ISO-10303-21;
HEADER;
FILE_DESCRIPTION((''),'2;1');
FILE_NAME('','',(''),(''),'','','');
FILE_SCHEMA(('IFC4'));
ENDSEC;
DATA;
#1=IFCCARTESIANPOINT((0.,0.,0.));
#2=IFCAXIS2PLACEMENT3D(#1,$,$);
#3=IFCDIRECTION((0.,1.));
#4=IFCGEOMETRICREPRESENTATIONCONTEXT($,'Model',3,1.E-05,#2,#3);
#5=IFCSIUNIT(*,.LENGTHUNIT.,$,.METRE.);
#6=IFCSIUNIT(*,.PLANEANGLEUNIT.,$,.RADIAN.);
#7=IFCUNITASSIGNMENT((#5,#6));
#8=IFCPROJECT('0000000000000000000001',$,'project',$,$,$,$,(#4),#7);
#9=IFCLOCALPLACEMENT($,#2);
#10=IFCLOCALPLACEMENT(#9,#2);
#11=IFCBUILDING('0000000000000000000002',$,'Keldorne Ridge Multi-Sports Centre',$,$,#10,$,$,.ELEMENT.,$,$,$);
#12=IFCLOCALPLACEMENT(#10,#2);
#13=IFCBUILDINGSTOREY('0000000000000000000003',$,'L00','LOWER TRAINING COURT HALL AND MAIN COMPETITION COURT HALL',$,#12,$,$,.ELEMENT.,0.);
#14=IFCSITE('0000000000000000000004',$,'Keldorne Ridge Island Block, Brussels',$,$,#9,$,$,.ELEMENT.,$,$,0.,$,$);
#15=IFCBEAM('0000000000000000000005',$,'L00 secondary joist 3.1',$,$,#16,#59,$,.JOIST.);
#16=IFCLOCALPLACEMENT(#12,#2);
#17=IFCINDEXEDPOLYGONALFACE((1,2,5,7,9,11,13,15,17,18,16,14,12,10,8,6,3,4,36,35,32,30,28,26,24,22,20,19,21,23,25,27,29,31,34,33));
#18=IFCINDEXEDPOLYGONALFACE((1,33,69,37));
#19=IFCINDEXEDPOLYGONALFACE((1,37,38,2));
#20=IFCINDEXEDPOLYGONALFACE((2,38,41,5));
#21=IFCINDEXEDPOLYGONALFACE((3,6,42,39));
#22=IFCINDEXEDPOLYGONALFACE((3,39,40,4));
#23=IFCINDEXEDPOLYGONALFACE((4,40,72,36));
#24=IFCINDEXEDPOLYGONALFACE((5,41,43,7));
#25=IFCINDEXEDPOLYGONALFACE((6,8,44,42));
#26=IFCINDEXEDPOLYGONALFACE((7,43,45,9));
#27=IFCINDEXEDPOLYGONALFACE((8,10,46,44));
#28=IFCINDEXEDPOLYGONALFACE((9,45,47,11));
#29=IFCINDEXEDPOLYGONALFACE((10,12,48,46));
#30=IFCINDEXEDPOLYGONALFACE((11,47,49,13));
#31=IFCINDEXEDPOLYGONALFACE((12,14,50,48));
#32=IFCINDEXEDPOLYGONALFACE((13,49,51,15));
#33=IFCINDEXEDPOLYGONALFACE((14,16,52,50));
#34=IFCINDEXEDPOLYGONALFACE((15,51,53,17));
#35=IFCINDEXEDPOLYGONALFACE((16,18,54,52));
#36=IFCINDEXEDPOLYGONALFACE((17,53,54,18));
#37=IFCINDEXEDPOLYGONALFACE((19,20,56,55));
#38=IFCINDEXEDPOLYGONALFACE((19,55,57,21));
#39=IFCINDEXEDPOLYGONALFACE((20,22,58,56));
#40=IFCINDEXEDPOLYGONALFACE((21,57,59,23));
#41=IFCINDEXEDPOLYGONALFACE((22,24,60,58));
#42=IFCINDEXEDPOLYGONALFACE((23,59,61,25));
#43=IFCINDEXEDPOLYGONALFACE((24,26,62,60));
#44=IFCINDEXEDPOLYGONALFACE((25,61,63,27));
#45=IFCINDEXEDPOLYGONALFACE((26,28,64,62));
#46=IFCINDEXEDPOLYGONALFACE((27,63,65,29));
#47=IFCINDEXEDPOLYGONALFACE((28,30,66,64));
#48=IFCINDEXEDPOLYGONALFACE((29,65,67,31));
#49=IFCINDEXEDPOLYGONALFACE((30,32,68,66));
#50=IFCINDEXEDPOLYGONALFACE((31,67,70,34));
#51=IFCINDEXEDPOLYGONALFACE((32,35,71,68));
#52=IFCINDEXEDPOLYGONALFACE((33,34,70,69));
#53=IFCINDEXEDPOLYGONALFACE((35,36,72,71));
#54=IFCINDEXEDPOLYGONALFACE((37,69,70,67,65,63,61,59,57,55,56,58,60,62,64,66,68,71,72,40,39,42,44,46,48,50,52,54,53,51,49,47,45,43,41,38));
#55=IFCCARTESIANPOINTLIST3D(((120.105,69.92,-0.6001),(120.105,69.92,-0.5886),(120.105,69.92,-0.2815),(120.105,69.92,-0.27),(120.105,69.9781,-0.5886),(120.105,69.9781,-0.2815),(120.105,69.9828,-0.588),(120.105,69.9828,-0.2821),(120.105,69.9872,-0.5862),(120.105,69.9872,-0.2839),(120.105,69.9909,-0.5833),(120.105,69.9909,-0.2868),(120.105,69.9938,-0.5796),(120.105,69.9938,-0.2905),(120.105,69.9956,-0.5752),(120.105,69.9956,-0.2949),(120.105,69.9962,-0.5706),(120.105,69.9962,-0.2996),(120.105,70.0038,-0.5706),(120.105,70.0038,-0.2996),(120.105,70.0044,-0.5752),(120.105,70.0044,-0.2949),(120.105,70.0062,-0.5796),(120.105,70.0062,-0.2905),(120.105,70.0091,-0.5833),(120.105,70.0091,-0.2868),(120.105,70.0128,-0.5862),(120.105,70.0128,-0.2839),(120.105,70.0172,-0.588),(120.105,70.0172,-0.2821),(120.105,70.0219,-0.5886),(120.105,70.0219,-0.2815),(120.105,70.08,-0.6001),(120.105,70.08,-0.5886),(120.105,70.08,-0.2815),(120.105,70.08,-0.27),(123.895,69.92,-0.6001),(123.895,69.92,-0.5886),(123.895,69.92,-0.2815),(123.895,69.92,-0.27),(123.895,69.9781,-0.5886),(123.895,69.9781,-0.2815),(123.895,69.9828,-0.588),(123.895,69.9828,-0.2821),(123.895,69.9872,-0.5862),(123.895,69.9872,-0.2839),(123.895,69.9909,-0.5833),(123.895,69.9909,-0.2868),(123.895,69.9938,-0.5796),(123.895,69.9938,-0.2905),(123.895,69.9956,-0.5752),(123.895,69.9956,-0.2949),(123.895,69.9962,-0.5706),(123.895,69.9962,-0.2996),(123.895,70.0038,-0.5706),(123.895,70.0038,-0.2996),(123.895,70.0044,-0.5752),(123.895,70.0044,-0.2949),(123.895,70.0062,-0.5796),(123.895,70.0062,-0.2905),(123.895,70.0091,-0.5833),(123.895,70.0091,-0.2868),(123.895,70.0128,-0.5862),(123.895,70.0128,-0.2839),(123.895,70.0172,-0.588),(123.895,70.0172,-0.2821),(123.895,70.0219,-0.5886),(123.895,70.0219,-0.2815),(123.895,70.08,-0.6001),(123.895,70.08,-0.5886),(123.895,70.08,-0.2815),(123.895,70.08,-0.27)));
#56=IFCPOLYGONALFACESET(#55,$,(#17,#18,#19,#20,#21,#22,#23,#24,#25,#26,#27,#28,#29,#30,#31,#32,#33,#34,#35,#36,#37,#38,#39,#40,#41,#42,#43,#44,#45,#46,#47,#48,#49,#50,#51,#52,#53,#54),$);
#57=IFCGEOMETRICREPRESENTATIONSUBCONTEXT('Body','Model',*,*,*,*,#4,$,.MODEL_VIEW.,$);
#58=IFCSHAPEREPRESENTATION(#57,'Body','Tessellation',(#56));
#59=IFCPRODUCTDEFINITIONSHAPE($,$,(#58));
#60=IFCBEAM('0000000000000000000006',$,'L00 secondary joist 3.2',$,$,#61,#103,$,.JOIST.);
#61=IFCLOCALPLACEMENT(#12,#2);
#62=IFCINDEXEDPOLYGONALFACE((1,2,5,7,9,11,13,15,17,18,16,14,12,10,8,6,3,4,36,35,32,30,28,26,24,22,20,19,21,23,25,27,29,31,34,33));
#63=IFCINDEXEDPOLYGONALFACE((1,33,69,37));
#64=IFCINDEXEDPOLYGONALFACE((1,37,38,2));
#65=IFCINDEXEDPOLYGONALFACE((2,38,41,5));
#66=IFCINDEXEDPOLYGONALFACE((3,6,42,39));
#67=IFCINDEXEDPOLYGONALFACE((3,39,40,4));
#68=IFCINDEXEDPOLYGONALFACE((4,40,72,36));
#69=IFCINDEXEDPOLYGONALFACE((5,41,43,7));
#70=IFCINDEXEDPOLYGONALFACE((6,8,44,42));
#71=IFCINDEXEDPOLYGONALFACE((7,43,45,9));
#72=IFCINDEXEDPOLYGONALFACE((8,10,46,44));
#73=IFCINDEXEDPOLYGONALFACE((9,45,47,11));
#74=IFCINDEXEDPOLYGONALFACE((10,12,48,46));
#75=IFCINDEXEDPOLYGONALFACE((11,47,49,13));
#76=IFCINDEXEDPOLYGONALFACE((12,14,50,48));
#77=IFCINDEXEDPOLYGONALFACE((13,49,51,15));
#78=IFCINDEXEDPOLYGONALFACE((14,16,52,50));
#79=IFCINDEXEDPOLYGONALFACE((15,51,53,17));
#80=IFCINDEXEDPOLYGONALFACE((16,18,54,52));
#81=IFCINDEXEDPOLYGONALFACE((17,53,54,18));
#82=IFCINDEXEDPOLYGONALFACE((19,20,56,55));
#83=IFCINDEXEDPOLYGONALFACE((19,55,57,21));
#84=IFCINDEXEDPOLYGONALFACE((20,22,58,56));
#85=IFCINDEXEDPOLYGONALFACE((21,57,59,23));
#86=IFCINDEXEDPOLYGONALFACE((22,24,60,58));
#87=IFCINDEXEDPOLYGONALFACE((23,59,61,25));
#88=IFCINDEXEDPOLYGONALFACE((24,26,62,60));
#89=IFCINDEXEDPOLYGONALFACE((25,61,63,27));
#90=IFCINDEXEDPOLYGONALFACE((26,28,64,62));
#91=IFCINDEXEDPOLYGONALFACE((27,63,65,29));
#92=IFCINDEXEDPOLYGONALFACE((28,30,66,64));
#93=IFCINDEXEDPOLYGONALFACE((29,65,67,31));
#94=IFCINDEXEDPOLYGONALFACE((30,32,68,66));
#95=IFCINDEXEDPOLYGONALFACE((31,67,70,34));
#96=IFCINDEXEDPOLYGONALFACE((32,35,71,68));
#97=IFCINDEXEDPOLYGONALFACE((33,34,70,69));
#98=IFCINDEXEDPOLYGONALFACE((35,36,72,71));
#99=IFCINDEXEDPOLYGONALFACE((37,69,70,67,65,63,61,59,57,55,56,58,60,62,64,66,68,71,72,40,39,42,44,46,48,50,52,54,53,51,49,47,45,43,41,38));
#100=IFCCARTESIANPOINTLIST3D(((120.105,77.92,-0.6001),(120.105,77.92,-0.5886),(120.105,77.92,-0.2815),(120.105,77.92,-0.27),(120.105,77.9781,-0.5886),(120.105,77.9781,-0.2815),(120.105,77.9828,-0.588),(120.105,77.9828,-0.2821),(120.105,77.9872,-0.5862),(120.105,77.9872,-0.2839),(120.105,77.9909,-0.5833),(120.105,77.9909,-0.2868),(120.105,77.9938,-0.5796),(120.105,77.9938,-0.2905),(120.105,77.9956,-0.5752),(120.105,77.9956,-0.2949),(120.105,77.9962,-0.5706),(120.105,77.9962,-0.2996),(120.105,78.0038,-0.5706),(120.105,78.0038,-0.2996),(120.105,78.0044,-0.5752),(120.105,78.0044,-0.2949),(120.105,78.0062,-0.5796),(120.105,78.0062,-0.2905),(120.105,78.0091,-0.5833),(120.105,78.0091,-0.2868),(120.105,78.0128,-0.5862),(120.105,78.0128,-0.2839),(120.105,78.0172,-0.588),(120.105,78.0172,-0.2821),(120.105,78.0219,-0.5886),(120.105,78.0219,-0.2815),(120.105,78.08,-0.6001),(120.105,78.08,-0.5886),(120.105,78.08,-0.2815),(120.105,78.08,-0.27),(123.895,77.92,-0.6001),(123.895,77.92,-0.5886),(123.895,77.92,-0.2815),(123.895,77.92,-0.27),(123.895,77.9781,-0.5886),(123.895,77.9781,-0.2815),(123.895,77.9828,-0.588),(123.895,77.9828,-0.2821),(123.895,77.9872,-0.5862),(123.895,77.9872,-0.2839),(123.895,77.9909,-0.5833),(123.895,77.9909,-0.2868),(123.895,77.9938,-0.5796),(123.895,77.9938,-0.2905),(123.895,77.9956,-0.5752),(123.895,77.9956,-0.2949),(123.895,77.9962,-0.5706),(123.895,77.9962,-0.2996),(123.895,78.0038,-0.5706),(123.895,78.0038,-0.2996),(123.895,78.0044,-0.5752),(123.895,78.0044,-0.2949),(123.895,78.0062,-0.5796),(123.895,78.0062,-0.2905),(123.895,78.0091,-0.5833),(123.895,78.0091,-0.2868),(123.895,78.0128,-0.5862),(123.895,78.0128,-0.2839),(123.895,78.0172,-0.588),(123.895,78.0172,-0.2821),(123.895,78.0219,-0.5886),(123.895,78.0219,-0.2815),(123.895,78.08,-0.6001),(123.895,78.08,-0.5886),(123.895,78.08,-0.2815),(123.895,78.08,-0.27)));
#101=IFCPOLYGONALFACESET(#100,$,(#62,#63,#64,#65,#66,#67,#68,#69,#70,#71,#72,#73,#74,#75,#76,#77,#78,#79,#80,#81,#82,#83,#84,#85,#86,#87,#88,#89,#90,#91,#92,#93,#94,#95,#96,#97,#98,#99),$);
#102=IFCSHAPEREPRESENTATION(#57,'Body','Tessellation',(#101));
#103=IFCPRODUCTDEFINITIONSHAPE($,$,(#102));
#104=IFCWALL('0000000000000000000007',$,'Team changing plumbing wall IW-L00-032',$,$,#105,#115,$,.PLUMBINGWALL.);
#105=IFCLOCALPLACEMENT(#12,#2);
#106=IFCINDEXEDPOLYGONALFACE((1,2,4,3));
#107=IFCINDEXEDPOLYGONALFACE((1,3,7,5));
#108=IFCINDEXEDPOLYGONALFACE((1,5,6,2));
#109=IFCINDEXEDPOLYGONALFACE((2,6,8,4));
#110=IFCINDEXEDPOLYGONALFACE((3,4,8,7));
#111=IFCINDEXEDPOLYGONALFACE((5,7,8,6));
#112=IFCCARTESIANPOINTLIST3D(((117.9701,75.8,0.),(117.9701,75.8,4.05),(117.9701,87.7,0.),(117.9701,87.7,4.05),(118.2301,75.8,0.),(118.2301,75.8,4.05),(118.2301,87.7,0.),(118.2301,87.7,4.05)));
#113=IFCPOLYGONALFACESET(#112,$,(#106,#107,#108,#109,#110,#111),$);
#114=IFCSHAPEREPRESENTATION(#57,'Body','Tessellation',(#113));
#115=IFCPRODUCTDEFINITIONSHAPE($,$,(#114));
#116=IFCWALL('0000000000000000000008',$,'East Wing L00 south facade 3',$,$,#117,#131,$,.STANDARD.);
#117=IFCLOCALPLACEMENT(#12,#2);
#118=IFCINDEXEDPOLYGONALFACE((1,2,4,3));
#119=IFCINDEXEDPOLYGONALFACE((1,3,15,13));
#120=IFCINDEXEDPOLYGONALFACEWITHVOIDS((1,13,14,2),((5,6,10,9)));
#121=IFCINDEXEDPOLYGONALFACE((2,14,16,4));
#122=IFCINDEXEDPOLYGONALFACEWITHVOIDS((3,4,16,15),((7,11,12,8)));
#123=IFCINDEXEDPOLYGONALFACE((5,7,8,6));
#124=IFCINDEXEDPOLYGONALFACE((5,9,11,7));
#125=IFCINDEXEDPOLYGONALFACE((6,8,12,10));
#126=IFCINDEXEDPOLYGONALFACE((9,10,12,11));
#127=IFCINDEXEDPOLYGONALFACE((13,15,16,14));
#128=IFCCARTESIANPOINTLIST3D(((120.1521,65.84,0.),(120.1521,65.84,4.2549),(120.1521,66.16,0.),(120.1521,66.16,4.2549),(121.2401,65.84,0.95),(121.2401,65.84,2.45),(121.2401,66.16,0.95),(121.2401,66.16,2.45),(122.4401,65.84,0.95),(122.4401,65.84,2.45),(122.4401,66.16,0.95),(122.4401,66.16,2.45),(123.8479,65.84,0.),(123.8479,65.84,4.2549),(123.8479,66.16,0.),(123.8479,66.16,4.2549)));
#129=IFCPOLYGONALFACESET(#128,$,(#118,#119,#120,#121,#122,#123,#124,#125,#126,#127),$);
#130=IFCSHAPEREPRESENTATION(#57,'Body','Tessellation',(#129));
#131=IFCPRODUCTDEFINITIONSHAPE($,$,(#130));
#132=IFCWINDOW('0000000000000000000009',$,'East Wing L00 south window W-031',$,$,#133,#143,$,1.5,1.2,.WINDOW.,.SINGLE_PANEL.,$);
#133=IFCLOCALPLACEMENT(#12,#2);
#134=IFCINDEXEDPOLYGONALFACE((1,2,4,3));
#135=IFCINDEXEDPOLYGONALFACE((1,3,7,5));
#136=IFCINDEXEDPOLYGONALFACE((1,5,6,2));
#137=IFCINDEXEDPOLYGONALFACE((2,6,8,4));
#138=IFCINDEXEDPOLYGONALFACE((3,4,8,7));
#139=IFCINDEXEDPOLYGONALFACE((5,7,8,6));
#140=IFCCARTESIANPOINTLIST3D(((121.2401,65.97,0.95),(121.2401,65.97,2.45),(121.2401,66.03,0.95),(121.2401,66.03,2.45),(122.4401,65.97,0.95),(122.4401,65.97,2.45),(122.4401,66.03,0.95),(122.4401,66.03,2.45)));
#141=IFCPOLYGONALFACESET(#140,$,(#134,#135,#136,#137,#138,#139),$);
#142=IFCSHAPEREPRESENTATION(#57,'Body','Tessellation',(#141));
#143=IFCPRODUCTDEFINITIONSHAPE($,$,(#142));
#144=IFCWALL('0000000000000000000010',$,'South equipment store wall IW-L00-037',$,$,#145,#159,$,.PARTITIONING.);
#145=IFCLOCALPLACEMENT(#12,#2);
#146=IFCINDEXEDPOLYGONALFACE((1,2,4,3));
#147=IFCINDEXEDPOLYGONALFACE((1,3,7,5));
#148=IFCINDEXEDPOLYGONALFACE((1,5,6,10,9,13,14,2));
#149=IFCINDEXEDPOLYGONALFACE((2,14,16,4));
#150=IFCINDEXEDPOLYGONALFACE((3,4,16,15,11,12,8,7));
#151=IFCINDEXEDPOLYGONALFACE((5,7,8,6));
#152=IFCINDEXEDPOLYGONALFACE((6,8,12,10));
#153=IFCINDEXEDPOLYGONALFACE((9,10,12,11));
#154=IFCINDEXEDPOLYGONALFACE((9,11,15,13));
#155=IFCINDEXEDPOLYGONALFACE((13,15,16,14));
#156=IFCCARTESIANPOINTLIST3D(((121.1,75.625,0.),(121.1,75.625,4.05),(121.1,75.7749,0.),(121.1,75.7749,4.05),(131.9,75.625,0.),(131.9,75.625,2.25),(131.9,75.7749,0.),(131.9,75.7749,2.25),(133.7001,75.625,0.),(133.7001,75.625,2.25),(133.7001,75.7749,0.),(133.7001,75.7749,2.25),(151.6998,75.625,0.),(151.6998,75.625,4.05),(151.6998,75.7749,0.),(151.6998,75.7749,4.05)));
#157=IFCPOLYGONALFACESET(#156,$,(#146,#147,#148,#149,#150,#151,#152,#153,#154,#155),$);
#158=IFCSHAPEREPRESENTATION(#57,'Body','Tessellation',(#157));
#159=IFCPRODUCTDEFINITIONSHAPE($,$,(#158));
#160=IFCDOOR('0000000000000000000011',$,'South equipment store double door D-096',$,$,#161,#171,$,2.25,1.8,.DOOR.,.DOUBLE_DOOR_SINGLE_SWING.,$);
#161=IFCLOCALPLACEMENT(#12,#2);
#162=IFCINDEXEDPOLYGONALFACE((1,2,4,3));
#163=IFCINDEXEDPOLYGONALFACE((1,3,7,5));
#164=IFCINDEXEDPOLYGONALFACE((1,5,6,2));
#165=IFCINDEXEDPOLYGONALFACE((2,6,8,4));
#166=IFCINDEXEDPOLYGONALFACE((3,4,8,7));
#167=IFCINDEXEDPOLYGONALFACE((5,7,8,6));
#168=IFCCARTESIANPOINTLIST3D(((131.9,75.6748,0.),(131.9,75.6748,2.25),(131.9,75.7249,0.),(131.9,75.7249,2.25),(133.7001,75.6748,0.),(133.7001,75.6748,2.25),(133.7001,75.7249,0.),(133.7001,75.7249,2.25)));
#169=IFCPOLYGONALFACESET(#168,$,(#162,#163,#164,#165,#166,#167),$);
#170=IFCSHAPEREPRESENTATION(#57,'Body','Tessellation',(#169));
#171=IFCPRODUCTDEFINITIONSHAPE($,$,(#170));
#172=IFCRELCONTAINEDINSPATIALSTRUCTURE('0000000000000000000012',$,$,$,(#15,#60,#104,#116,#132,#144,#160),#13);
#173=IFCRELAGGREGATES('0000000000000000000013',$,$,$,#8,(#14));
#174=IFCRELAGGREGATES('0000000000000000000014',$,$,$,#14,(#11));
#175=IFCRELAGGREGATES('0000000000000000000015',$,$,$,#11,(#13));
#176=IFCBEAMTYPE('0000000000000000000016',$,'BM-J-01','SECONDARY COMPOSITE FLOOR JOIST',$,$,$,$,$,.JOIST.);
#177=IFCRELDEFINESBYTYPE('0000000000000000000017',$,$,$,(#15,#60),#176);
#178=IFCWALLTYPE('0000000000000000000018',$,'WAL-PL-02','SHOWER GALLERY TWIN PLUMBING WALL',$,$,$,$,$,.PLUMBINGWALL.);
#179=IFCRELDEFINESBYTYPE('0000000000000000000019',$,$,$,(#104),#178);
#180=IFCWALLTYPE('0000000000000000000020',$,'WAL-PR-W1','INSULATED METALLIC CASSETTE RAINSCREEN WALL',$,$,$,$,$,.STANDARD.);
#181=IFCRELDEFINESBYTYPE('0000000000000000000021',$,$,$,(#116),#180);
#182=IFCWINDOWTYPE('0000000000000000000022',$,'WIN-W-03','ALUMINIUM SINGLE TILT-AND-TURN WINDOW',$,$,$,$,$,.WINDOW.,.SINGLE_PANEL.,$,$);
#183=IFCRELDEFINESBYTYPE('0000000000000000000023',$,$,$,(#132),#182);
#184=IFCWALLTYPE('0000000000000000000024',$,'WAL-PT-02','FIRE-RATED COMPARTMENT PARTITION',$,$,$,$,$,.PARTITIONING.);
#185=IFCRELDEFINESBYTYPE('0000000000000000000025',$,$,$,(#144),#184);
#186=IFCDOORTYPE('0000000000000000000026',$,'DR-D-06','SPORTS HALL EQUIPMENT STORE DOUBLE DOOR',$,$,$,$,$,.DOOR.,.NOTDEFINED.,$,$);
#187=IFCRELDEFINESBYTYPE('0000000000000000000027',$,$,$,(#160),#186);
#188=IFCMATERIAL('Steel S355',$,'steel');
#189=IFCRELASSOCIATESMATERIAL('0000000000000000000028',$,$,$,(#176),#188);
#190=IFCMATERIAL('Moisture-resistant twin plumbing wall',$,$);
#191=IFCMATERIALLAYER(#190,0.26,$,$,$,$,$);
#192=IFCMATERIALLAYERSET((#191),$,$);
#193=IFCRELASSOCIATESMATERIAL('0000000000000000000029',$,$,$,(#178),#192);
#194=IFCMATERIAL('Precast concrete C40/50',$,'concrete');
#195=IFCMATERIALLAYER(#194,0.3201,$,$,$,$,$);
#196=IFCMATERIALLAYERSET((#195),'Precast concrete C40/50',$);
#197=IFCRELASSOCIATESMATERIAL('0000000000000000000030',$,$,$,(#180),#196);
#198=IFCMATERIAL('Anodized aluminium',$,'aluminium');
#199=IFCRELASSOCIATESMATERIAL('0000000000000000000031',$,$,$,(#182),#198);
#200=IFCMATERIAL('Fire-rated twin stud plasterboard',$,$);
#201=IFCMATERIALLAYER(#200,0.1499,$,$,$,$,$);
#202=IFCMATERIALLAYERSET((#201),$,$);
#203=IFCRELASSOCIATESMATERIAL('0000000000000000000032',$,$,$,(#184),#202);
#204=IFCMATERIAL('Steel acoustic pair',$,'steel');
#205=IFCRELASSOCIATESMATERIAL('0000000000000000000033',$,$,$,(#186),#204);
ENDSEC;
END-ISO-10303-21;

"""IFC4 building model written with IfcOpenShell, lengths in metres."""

from ifc_helpers import new_model, si_unit, direction, frame, frame_2d, origin, origin_2d, place, context, subcontext, project, spatial, rectangle, i_section, extrude, material, layer, layer_set, material_profile, profile_set, type_object, element, fill, save


model = new_model("IFC4")

# Units and contexts
model_context = context("Model", 3, precision=1e-05, world=origin(), true_north=direction((0.0, 1.0)))
body_context = subcontext(model_context, "Body", "Model", "MODEL_VIEW")
ifc_project = project(units=[si_unit("LENGTHUNIT", "METRE"), si_unit("PLANEANGLEUNIT", "RADIAN")], contexts=[model_context])

# Site, building, storey
site_placement = place(None, origin())
site = spatial("IfcSite", under=ifc_project, at=site_placement, Name="Keldorne Ridge Island Block, Brussels", CompositionType="ELEMENT", RefElevation=0.0)
building_placement = place(site_placement, origin())
building = spatial("IfcBuilding", under=site, at=building_placement, Name="Keldorne Ridge Multi-Sports Centre", CompositionType="ELEMENT")
storey_placement = place(building_placement, origin())
storey = spatial("IfcBuildingStorey", under=building, at=storey_placement, Name="L00", Description="LOWER TRAINING COURT HALL AND MAIN COMPETITION COURT HALL", CompositionType="ELEMENT", Elevation=0.0)

# Shared definitions
ifc_material_1 = material(Name="Steel S355", Category="steel")

# Beams
ifc_material_profile_1 = material_profile(ifc_material_1, i_section(OverallWidth=0.1599, OverallDepth=0.3301, WebThickness=0.0076, FlangeThickness=0.0115, FilletRadius=0.0181, at=origin_2d()), Name="IPE 330")
ifc_profile_set_1 = profile_set([ifc_material_profile_1], Name="Steel S355")
beam_type_1 = type_object("IfcBeamType", Name="BM-J-01", Description="SECONDARY COMPOSITE FLOOR JOIST", PredefinedType="JOIST", material=ifc_profile_set_1)
for number, where, z_axis, x_axis, name in (
    (1, (120.105, 70.0, -0.4351), (1.0, 0.0, 0.0), (0.0, 1.0, 0.0), "L00 secondary joist 3.1"),
    (2, (120.105, 78.0, -0.4351), (1.0, 0.0, 0.0), (0.0, 1.0, 0.0), "L00 secondary joist 3.2"),
):
    element("IfcBeam", number, at=place(storey_placement, frame(where, z_axis=z_axis, x_axis=x_axis)), inside=storey, type_object=beam_type_1, Name=name, PredefinedType="JOIST", context=body_context, shape_type="SweptSolid", body=[
        extrude(i_section(OverallWidth=0.1599, OverallDepth=0.3301, WebThickness=0.0076, FlangeThickness=0.0115, FilletRadius=0.0181, at=origin_2d()), origin(), (0.0, 0.0, 1.0), 3.79),
    ])

# Wall
ifc_material_2 = material(Name="Moisture-resistant twin plumbing wall")
ifc_layer_1 = layer(ifc_material_2, 0.26)
ifc_layer_set_1 = layer_set([ifc_layer_1])
wall_type_1 = type_object("IfcWallType", Name="WAL-PL-02", Description="SHOWER GALLERY TWIN PLUMBING WALL", PredefinedType="PLUMBINGWALL", material=ifc_layer_set_1)
wall_1_placement = place(storey_placement, frame((118.1001, 75.8, 0.0), z_axis=(0.0, 0.0, 1.0), x_axis=(0.0, 1.0, 0.0)))
element("IfcWall", 3, at=wall_1_placement, inside=storey, type_object=wall_type_1, Name="Team changing plumbing wall IW-L00-032", PredefinedType="PLUMBINGWALL", context=body_context, shape_type="SweptSolid", body=[
    extrude(rectangle(XDim=11.8999, YDim=0.26, at=frame_2d((5.95, 0.0))), origin(), (0.0, 0.0, 1.0), 4.05),
])

# Wall, opening, window
ifc_material_3 = material(Name="Precast concrete C40/50", Category="concrete")
ifc_layer_2 = layer(ifc_material_3, 0.3201)
ifc_layer_set_2 = layer_set([ifc_layer_2], Name="Precast concrete C40/50")
wall_type_2 = type_object("IfcWallType", Name="WAL-PR-W1", Description="INSULATED METALLIC CASSETTE RAINSCREEN WALL", PredefinedType="STANDARD", material=ifc_layer_set_2)
wall_2_placement = place(storey_placement, frame((120.1521, 66.0, 0.0), z_axis=(0.0, 0.0, 1.0), x_axis=(1.0, 0.0, 0.0)))
wall_2 = element("IfcWall", 4, at=wall_2_placement, inside=storey, type_object=wall_type_2, Name="East Wing L00 south facade 3", PredefinedType="STANDARD", context=body_context, shape_type="SweptSolid", body=[
    extrude(rectangle(XDim=3.6958, YDim=0.3201, at=frame_2d((1.8479, 0.0))), origin(), (0.0, 0.0, 1.0), 4.2549),
])
opening_1_placement = place(wall_2_placement, frame((1.0879, 0.0, 0.95)))
opening_1 = element("IfcOpeningElement", 5, at=opening_1_placement, cuts=wall_2, PredefinedType="OPENING", context=body_context, shape_type="SweptSolid", body=[
    extrude(rectangle(XDim=1.2, YDim=1.5, at=frame_2d((0.6001, 0.75))), frame((0.0, 0.1699, 0.0), z_axis=(0.0, -1.0, 0.0), x_axis=(1.0, 0.0, 0.0)), (0.0, 0.0, 1.0), 0.3401),
])
ifc_material_4 = material(Name="Anodized aluminium", Category="aluminium")
window_type = type_object("IfcWindowType", Name="WIN-W-03", Description="ALUMINIUM SINGLE TILT-AND-TURN WINDOW", PartitioningType="SINGLE_PANEL", PredefinedType="WINDOW", material=ifc_material_4)
window_placement = place(opening_1_placement, origin())
window = element("IfcWindow", 6, at=window_placement, inside=storey, type_object=window_type, Name="East Wing L00 south window W-031", OverallHeight=1.5, OverallWidth=1.2, PartitioningType="SINGLE_PANEL", PredefinedType="WINDOW", context=body_context, shape_type="SweptSolid", body=[
    extrude(rectangle(XDim=1.2, YDim=1.5, at=frame_2d((0.6001, 0.75))), frame((0.0, 0.03, 0.0), z_axis=(0.0, -1.0, 0.0), x_axis=(1.0, 0.0, 0.0)), (0.0, 0.0, 1.0), 0.0601),
])
fill(opening_1, window)

# Wall, opening, door
ifc_material_5 = material(Name="Fire-rated twin stud plasterboard")
ifc_layer_3 = layer(ifc_material_5, 0.1499)
ifc_layer_set_3 = layer_set([ifc_layer_3])
wall_type_3 = type_object("IfcWallType", Name="WAL-PT-02", Description="FIRE-RATED COMPARTMENT PARTITION", PredefinedType="PARTITIONING", material=ifc_layer_set_3)
wall_3_placement = place(storey_placement, frame((121.1001, 75.7, 0.0), z_axis=(0.0, 0.0, 1.0), x_axis=(1.0, 0.0, 0.0)))
wall_3 = element("IfcWall", 7, at=wall_3_placement, inside=storey, type_object=wall_type_3, Name="South equipment store wall IW-L00-037", PredefinedType="PARTITIONING", context=body_context, shape_type="SweptSolid", body=[
    extrude(rectangle(XDim=30.5999, YDim=0.1499, at=frame_2d((15.2998, 0.0))), origin(), (0.0, 0.0, 1.0), 4.05),
])
opening_2_placement = place(wall_3_placement, frame((10.8, 0.0, 0.0)))
opening_2 = element("IfcOpeningElement", 8, at=opening_2_placement, cuts=wall_3, PredefinedType="OPENING", context=body_context, shape_type="SweptSolid", body=[
    extrude(rectangle(XDim=1.8, YDim=2.25, at=frame_2d((0.8999, 1.125))), frame((0.0, 0.085, 0.0), z_axis=(0.0, -1.0, 0.0), x_axis=(1.0, 0.0, 0.0)), (0.0, 0.0, 1.0), 0.1699),
])
ifc_material_6 = material(Name="Steel acoustic pair", Category="steel")
door_type_1 = type_object("IfcDoorType", Name="DR-D-06", Description="SPORTS HALL EQUIPMENT STORE DOUBLE DOOR", OperationType="NOTDEFINED", PredefinedType="DOOR", material=ifc_material_6)
door_1_placement = place(opening_2_placement, origin())
door_1 = element("IfcDoor", 9, at=door_1_placement, inside=storey, type_object=door_type_1, Name="South equipment store double door D-096", OperationType="DOUBLE_DOOR_SINGLE_SWING", OverallHeight=2.25, OverallWidth=1.8, PredefinedType="DOOR", context=body_context, shape_type="SweptSolid", body=[
    extrude(rectangle(XDim=1.8, YDim=2.25, at=frame_2d((0.8999, 1.125))), frame((0.0, 0.0249, 0.0), z_axis=(0.0, -1.0, 0.0), x_axis=(1.0, 0.0, 0.0)), (0.0, 0.0, 1.0), 0.05),
])
fill(opening_2, door_1)

save(model, "model.ifc")
